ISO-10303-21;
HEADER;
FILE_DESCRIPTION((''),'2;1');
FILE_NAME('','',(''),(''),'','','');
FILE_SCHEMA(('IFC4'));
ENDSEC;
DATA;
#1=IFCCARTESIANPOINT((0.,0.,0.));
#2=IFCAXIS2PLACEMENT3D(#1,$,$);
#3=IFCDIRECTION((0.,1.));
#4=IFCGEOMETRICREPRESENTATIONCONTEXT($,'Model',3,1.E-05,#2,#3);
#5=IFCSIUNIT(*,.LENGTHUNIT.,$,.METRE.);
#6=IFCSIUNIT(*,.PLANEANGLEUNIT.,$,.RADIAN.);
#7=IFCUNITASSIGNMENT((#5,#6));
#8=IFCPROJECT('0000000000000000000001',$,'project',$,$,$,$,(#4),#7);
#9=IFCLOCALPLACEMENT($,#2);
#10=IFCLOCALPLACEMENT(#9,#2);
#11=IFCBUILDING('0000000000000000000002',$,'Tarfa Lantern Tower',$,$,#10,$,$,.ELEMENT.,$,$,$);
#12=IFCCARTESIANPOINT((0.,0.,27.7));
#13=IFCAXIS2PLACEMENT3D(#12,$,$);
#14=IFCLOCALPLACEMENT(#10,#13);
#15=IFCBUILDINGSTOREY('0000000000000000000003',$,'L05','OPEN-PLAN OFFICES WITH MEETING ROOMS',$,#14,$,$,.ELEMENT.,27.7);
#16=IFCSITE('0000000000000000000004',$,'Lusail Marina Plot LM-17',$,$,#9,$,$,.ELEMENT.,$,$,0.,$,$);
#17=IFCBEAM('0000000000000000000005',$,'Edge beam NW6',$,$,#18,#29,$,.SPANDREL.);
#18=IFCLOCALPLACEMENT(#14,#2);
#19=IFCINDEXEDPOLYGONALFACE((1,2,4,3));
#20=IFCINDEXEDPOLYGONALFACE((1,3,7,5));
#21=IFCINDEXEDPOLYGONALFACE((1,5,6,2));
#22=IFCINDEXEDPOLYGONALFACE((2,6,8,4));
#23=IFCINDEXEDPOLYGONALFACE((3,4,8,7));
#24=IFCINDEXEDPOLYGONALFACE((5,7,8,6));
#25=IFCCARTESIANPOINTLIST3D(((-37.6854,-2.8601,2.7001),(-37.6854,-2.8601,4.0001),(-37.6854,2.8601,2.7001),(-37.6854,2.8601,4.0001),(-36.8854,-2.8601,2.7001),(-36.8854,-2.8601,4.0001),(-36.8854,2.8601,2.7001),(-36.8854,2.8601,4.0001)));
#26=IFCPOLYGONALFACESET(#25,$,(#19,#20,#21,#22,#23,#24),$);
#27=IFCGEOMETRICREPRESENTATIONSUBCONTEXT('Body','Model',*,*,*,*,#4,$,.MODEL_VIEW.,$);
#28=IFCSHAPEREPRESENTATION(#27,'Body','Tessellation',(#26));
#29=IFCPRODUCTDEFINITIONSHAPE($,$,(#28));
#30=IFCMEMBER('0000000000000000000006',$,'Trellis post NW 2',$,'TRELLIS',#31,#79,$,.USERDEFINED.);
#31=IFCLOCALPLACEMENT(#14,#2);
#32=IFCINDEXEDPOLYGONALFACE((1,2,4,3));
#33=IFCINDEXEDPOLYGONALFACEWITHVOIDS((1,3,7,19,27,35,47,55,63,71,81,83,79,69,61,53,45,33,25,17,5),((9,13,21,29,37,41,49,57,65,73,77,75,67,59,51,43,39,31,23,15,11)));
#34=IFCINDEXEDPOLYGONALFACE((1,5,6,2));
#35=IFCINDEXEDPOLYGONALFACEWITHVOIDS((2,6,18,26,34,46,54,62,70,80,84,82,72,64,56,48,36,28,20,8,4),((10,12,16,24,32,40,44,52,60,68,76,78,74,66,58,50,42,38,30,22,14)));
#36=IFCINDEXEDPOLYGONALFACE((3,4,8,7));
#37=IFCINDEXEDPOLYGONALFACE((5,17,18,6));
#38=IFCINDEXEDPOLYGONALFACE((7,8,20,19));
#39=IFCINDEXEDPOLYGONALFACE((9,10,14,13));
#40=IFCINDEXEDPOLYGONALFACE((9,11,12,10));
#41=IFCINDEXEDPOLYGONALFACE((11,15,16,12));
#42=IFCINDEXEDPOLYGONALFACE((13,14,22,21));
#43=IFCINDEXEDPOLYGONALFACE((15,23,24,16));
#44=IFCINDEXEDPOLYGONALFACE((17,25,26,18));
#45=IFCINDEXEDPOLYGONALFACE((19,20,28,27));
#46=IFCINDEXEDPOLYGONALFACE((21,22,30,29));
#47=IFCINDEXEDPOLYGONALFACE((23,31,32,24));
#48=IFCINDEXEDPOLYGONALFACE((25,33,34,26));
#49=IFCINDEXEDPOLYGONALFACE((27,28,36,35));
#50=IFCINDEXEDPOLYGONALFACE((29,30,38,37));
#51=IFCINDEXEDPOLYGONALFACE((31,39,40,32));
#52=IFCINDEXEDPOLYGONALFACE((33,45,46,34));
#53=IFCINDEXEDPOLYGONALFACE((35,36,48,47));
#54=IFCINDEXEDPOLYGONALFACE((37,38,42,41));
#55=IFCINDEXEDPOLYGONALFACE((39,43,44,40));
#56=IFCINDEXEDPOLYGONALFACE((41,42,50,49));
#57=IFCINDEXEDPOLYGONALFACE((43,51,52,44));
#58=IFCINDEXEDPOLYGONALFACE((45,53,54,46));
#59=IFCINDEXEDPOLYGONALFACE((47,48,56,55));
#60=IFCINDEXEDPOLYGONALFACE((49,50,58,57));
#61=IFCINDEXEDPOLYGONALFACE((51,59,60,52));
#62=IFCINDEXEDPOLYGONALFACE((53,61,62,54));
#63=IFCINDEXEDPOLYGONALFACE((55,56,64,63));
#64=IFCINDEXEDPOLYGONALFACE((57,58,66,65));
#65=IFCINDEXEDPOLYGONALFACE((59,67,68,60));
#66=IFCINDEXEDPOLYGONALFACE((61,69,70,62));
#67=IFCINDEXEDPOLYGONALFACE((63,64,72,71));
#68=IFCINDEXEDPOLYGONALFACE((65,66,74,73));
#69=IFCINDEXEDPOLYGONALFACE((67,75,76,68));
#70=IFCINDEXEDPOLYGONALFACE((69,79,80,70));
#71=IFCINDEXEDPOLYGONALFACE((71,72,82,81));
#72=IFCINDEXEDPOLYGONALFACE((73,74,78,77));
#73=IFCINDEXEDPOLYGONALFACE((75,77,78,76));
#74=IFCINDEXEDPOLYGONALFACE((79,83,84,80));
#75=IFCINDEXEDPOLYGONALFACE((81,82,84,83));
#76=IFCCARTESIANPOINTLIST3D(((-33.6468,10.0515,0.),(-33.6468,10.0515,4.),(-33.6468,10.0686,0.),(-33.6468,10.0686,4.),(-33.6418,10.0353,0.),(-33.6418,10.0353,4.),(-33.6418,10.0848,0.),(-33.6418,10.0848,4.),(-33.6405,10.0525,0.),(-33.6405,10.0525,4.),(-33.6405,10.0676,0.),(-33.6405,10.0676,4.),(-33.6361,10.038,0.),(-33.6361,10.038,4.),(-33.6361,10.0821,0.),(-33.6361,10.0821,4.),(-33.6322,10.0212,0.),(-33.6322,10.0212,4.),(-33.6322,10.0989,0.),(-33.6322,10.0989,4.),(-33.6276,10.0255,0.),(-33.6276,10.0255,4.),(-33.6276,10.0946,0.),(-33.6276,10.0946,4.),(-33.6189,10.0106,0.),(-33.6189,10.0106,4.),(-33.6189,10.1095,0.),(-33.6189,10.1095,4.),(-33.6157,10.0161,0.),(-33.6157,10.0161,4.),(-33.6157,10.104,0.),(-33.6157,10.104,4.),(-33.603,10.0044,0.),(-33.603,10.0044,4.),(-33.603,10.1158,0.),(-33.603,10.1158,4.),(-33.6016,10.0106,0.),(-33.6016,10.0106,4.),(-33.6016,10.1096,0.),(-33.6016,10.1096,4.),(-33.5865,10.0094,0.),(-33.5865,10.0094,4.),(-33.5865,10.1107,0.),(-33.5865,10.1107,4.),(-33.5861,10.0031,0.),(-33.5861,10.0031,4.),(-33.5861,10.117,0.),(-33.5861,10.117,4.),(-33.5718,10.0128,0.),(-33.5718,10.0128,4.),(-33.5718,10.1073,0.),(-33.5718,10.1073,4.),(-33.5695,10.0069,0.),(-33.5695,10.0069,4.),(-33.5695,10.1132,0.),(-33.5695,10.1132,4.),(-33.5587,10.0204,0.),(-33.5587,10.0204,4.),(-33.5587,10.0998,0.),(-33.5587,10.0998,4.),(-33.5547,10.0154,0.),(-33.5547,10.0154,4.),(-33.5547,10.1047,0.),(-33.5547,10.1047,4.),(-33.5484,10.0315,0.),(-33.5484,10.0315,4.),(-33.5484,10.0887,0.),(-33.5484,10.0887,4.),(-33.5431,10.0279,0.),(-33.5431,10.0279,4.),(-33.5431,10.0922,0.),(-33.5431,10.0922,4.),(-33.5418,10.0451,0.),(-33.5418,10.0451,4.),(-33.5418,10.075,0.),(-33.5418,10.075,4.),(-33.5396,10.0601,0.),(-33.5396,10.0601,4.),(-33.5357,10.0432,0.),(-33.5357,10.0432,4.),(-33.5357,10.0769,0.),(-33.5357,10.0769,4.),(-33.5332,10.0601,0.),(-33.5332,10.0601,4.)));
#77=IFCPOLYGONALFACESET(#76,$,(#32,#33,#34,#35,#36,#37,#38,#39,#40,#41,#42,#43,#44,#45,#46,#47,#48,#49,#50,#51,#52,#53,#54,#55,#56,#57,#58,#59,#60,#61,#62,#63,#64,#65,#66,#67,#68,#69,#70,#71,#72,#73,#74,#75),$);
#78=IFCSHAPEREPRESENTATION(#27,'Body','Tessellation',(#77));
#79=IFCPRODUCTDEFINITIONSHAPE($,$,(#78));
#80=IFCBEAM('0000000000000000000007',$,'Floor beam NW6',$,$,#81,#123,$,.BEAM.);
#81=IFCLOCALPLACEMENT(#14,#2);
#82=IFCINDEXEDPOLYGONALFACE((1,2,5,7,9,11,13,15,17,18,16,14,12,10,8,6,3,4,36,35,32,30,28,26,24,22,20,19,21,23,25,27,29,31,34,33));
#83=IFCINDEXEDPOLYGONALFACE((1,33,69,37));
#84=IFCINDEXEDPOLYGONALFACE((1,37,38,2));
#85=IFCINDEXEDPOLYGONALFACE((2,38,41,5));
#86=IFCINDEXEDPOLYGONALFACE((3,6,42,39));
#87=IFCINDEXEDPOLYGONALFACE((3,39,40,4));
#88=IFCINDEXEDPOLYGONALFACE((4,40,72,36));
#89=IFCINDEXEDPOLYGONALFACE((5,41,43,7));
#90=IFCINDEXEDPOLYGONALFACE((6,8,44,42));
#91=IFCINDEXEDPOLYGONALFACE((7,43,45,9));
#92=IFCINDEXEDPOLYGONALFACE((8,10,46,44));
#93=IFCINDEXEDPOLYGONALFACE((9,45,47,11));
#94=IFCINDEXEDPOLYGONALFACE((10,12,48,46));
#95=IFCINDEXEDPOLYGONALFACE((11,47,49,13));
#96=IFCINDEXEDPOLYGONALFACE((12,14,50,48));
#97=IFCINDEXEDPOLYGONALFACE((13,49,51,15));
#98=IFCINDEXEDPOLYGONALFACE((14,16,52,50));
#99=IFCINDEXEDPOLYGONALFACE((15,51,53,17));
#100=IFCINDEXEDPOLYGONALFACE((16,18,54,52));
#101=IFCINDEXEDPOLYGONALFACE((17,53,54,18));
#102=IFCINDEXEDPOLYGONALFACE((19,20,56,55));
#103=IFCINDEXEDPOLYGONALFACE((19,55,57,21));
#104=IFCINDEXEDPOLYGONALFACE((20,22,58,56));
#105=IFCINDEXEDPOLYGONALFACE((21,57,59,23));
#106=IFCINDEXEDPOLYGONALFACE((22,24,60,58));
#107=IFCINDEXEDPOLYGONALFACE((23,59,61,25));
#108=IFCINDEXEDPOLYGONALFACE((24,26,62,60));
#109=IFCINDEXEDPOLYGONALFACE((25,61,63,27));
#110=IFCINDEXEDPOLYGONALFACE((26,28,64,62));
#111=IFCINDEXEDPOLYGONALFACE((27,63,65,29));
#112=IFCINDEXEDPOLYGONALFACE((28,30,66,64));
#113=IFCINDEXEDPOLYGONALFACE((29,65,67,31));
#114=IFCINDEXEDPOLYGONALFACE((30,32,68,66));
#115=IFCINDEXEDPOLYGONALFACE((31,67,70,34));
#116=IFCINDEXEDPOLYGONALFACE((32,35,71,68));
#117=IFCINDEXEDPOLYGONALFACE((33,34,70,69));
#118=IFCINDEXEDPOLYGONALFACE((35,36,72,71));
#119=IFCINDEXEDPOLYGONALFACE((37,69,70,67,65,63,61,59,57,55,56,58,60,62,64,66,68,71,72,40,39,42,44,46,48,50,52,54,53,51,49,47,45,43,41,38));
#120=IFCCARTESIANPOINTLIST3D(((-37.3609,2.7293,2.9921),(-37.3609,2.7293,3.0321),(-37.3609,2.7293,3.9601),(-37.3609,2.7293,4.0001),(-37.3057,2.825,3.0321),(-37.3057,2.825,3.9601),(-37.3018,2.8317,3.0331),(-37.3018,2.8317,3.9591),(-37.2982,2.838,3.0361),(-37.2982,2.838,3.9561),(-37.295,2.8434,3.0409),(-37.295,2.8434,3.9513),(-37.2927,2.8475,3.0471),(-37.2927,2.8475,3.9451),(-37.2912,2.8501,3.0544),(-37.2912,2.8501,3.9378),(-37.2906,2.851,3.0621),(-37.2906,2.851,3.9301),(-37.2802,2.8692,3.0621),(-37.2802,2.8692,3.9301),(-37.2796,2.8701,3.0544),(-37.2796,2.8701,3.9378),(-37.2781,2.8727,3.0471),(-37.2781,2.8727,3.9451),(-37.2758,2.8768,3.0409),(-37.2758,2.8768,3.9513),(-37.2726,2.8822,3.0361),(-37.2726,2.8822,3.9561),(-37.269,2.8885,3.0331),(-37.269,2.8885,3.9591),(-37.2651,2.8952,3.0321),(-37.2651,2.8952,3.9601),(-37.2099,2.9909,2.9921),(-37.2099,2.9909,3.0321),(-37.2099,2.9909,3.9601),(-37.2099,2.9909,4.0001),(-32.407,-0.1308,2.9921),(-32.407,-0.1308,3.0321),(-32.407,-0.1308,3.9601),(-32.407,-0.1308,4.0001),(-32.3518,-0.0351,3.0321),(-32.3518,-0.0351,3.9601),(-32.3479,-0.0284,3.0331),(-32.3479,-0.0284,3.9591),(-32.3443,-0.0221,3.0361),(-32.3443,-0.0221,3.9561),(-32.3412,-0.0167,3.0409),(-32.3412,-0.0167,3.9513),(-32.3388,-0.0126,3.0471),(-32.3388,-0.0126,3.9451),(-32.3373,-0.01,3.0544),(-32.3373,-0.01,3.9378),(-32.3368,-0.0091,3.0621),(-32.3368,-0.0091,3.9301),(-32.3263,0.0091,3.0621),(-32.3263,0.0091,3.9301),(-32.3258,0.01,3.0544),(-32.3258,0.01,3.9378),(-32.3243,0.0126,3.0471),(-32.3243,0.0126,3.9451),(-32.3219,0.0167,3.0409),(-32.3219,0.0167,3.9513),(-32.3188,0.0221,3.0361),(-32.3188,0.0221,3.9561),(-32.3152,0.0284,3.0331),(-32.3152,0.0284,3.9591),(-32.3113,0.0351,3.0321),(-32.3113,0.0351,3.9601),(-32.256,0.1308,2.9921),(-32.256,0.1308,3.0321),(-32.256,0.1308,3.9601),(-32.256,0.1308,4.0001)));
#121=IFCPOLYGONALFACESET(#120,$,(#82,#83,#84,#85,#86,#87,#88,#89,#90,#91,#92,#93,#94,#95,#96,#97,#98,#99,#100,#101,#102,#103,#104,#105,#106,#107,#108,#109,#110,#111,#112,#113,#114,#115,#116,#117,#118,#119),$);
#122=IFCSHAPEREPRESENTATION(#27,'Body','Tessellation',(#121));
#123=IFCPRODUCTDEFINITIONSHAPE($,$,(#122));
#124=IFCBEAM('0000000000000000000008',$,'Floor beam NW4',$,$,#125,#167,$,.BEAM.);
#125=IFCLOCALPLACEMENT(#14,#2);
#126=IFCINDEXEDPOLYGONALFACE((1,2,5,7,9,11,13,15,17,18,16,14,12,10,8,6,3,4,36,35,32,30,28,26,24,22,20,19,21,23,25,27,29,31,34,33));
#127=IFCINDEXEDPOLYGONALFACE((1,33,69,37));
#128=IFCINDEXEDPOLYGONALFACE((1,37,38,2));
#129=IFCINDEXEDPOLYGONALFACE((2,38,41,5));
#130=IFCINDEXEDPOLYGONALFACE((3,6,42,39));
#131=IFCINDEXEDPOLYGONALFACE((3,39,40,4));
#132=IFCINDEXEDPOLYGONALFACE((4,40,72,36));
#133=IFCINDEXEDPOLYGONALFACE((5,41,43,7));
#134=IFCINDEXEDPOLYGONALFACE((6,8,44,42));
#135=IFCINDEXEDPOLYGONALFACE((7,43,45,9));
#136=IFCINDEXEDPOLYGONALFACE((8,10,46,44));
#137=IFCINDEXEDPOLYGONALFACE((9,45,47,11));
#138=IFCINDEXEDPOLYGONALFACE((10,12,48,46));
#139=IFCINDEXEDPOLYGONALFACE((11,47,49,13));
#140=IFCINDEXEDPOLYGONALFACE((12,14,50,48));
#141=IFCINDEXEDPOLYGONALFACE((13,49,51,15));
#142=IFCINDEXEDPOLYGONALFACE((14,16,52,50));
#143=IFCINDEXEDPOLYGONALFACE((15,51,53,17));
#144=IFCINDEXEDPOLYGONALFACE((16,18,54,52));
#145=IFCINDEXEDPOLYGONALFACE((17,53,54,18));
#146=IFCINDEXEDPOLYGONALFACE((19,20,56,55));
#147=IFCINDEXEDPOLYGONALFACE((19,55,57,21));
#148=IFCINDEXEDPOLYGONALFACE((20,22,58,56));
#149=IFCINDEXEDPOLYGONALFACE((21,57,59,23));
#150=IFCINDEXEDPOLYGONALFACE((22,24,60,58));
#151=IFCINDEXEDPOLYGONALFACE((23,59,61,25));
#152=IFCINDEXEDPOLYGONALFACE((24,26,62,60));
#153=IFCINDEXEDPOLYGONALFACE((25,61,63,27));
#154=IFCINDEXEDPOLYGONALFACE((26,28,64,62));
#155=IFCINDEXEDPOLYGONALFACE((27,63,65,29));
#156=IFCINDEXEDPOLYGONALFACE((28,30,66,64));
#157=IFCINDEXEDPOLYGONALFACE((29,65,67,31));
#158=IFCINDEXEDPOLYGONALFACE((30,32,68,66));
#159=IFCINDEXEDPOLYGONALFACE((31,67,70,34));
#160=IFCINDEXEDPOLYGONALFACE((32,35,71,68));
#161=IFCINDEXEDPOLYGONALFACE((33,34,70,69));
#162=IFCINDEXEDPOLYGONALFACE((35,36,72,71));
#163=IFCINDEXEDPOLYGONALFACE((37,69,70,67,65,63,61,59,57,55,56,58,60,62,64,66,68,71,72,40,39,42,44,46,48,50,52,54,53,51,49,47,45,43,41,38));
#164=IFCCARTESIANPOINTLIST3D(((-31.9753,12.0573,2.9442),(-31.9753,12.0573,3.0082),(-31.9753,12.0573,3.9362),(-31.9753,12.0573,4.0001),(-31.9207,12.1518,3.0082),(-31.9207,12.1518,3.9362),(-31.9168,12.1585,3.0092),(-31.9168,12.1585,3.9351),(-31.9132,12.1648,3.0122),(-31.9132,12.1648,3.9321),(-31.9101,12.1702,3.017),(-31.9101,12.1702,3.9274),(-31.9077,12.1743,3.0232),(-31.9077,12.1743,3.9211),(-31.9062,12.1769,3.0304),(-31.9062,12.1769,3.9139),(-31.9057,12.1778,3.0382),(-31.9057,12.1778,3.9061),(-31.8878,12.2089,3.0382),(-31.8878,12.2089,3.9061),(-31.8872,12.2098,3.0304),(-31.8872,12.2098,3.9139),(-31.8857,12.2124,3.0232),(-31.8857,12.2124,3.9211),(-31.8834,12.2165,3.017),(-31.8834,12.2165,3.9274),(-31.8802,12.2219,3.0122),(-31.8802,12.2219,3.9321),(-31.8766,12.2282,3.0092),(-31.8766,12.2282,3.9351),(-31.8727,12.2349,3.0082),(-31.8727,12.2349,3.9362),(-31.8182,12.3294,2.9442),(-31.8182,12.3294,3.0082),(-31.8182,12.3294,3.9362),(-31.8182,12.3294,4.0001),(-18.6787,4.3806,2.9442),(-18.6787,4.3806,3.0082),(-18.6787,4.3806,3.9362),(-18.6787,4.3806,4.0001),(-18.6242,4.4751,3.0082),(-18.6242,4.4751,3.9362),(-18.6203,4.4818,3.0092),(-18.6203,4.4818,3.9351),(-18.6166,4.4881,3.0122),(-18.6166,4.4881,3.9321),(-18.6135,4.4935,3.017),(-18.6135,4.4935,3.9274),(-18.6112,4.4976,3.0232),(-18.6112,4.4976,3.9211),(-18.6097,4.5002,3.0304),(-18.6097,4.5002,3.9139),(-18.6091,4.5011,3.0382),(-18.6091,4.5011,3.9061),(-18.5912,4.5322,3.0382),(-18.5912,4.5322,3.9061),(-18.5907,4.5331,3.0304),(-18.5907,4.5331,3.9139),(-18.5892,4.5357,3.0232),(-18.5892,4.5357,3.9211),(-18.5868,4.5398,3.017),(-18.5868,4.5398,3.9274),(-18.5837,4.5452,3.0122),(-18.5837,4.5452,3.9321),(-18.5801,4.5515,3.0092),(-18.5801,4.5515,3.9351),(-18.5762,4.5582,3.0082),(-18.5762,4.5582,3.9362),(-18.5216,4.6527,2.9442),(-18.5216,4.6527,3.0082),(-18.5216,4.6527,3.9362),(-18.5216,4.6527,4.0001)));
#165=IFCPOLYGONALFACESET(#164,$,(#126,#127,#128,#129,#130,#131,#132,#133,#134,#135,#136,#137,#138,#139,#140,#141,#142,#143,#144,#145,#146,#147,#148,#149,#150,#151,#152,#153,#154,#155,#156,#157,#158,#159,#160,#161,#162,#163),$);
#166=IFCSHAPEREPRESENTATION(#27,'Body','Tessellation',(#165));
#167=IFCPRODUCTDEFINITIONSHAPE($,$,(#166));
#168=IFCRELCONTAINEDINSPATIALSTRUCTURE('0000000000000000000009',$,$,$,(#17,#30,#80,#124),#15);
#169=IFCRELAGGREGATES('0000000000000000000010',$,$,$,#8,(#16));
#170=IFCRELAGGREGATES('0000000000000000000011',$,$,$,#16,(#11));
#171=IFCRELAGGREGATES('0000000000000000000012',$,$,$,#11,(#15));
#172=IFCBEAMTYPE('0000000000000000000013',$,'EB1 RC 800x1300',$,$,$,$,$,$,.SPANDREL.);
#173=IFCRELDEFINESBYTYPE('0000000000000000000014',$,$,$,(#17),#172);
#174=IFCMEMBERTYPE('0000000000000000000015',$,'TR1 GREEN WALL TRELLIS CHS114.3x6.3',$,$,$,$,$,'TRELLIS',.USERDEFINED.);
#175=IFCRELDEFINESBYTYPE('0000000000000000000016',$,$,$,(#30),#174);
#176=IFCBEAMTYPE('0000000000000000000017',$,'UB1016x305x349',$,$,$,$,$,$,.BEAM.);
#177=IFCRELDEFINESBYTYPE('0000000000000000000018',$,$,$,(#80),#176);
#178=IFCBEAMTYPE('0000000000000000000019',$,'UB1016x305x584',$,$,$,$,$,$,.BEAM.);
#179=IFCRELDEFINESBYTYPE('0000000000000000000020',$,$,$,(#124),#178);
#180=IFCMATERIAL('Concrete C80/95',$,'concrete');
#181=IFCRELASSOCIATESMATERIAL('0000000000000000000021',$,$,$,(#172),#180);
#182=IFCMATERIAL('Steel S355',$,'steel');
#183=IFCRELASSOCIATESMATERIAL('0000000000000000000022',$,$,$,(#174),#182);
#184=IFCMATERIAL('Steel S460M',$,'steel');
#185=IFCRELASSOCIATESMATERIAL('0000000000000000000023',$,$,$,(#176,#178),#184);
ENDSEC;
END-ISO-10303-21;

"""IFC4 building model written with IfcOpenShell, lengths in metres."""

from ifc_helpers import new_model, si_unit, direction, frame, origin, origin_2d, place, context, subcontext, project, spatial, rectangle, hollow_circle, i_section, extrude, material, material_profile, profile_set, type_object, element, save


model = new_model("IFC4")

# Units and contexts
model_context = context("Model", 3, precision=1e-05, world=origin(), true_north=direction((0.0, 1.0)))
body_context = subcontext(model_context, "Body", "Model", "MODEL_VIEW")
ifc_project = project(units=[si_unit("LENGTHUNIT", "METRE"), si_unit("PLANEANGLEUNIT", "RADIAN")], contexts=[model_context])

# Site, building, storey
site_placement = place(None, origin())
site = spatial("IfcSite", under=ifc_project, at=site_placement, Name="Lusail Marina Plot LM-17", CompositionType="ELEMENT", RefElevation=0.0)
building_placement = place(site_placement, origin())
building = spatial("IfcBuilding", under=site, at=building_placement, Name="Tarfa Lantern Tower", CompositionType="ELEMENT")
storey_placement = place(building_placement, frame((0.0, 0.0, 27.7)))
storey = spatial("IfcBuildingStorey", under=building, at=storey_placement, Name="L05", Description="OPEN-PLAN OFFICES WITH MEETING ROOMS", CompositionType="ELEMENT", Elevation=27.7)

# Shared definitions
ifc_material_1 = material(Name="Concrete C80/95", Category="concrete")

# Beam
ifc_material_profile_1 = material_profile(ifc_material_1, rectangle(XDim=0.8, YDim=1.3, at=origin_2d()), Name="RC 800x1300")
ifc_profile_set_1 = profile_set([ifc_material_profile_1], Name="Concrete C80/95")
beam_type_1 = type_object("IfcBeamType", Name="EB1 RC 800x1300", PredefinedType="SPANDREL", material=ifc_profile_set_1)
beam_1_placement = place(storey_placement, frame((-37.2854, 2.8601, 3.3501), z_axis=(0.0, -1.0, 0.0), x_axis=(1.0, 0.0, 0.0)))
element("IfcBeam", 1, at=beam_1_placement, inside=storey, type_object=beam_type_1, Name="Edge beam NW6", PredefinedType="SPANDREL", context=body_context, shape_type="SweptSolid", body=[
    extrude(rectangle(XDim=0.8, YDim=1.3, at=origin_2d()), origin(), (0.0, 0.0, 1.0), 5.7202),
])

# Member
ifc_material_2 = material(Name="Steel S355", Category="steel")
ifc_material_profile_2 = material_profile(ifc_material_2, hollow_circle(Radius=0.0571, WallThickness=0.0063, at=origin_2d()), Name="CHS114.3x6.3")
ifc_profile_set_2 = profile_set([ifc_material_profile_2], Name="Steel S355")
member_type_1 = type_object("IfcMemberType", Name="TR1 GREEN WALL TRELLIS CHS114.3x6.3", ElementType="TRELLIS", PredefinedType="USERDEFINED", material=ifc_profile_set_2)
member_1_placement = place(storey_placement, frame((-33.5903, 10.0601, 0.0), z_axis=(0.0, 0.0, 1.0), x_axis=(1.0, 0.0, 0.0)))
element("IfcMember", 2, at=member_1_placement, inside=storey, type_object=member_type_1, Name="Trellis post NW 2", ObjectType="TRELLIS", PredefinedType="USERDEFINED", context=body_context, shape_type="SweptSolid", body=[
    extrude(hollow_circle(Radius=0.0571, WallThickness=0.0063, at=origin_2d()), origin(), (0.0, 0.0, 1.0), 4.0),
])

# Beams
ifc_material_3 = material(Name="Steel S460M", Category="steel")
ifc_material_profile_3 = material_profile(ifc_material_3, i_section(OverallWidth=0.302, OverallDepth=1.0081, WebThickness=0.021, FlangeThickness=0.04, FilletRadius=0.03, at=origin_2d()), Name="UB1016x305x349")
ifc_profile_set_3 = profile_set([ifc_material_profile_3], Name="Steel S460M")
beam_type_2 = type_object("IfcBeamType", Name="UB1016x305x349", PredefinedType="BEAM", material=ifc_profile_set_3)
beam_2_placement = place(storey_placement, frame((-37.2854, 2.8601, 3.4961), z_axis=(0.866026, -0.5, 0.0), x_axis=(0.5, 0.866026, 0.0)))
element("IfcBeam", 3, at=beam_2_placement, inside=storey, type_object=beam_type_2, Name="Floor beam NW6", PredefinedType="BEAM", context=body_context, shape_type="SweptSolid", body=[
    extrude(i_section(OverallWidth=0.302, OverallDepth=1.0081, WebThickness=0.021, FlangeThickness=0.04, FilletRadius=0.03, at=origin_2d()), origin(), (0.0, 0.0, 1.0), 5.7202),
])
ifc_material_profile_4 = material_profile(ifc_material_3, i_section(OverallWidth=0.3142, OverallDepth=1.0559, WebThickness=0.0359, FlangeThickness=0.064, FilletRadius=0.03, at=origin_2d()), Name="UB1016x305x584")
ifc_profile_set_4 = profile_set([ifc_material_profile_4], Name="Steel S460M")
beam_type_3 = type_object("IfcBeamType", Name="UB1016x305x584", PredefinedType="BEAM", material=ifc_profile_set_4)
beam_3_placement = place(storey_placement, frame((-31.8967, 12.1934, 3.4722), z_axis=(0.866027, -0.499997, 0.0), x_axis=(0.499997, 0.866027, 0.0)))
element("IfcBeam", 4, at=beam_3_placement, inside=storey, type_object=beam_type_3, Name="Floor beam NW4", PredefinedType="BEAM", context=body_context, shape_type="SweptSolid", body=[
    extrude(i_section(OverallWidth=0.3142, OverallDepth=1.0559, WebThickness=0.0359, FlangeThickness=0.064, FilletRadius=0.03, at=origin_2d()), origin(), (0.0, 0.0, 1.0), 15.3535),
])

save(model, "model.ifc")
